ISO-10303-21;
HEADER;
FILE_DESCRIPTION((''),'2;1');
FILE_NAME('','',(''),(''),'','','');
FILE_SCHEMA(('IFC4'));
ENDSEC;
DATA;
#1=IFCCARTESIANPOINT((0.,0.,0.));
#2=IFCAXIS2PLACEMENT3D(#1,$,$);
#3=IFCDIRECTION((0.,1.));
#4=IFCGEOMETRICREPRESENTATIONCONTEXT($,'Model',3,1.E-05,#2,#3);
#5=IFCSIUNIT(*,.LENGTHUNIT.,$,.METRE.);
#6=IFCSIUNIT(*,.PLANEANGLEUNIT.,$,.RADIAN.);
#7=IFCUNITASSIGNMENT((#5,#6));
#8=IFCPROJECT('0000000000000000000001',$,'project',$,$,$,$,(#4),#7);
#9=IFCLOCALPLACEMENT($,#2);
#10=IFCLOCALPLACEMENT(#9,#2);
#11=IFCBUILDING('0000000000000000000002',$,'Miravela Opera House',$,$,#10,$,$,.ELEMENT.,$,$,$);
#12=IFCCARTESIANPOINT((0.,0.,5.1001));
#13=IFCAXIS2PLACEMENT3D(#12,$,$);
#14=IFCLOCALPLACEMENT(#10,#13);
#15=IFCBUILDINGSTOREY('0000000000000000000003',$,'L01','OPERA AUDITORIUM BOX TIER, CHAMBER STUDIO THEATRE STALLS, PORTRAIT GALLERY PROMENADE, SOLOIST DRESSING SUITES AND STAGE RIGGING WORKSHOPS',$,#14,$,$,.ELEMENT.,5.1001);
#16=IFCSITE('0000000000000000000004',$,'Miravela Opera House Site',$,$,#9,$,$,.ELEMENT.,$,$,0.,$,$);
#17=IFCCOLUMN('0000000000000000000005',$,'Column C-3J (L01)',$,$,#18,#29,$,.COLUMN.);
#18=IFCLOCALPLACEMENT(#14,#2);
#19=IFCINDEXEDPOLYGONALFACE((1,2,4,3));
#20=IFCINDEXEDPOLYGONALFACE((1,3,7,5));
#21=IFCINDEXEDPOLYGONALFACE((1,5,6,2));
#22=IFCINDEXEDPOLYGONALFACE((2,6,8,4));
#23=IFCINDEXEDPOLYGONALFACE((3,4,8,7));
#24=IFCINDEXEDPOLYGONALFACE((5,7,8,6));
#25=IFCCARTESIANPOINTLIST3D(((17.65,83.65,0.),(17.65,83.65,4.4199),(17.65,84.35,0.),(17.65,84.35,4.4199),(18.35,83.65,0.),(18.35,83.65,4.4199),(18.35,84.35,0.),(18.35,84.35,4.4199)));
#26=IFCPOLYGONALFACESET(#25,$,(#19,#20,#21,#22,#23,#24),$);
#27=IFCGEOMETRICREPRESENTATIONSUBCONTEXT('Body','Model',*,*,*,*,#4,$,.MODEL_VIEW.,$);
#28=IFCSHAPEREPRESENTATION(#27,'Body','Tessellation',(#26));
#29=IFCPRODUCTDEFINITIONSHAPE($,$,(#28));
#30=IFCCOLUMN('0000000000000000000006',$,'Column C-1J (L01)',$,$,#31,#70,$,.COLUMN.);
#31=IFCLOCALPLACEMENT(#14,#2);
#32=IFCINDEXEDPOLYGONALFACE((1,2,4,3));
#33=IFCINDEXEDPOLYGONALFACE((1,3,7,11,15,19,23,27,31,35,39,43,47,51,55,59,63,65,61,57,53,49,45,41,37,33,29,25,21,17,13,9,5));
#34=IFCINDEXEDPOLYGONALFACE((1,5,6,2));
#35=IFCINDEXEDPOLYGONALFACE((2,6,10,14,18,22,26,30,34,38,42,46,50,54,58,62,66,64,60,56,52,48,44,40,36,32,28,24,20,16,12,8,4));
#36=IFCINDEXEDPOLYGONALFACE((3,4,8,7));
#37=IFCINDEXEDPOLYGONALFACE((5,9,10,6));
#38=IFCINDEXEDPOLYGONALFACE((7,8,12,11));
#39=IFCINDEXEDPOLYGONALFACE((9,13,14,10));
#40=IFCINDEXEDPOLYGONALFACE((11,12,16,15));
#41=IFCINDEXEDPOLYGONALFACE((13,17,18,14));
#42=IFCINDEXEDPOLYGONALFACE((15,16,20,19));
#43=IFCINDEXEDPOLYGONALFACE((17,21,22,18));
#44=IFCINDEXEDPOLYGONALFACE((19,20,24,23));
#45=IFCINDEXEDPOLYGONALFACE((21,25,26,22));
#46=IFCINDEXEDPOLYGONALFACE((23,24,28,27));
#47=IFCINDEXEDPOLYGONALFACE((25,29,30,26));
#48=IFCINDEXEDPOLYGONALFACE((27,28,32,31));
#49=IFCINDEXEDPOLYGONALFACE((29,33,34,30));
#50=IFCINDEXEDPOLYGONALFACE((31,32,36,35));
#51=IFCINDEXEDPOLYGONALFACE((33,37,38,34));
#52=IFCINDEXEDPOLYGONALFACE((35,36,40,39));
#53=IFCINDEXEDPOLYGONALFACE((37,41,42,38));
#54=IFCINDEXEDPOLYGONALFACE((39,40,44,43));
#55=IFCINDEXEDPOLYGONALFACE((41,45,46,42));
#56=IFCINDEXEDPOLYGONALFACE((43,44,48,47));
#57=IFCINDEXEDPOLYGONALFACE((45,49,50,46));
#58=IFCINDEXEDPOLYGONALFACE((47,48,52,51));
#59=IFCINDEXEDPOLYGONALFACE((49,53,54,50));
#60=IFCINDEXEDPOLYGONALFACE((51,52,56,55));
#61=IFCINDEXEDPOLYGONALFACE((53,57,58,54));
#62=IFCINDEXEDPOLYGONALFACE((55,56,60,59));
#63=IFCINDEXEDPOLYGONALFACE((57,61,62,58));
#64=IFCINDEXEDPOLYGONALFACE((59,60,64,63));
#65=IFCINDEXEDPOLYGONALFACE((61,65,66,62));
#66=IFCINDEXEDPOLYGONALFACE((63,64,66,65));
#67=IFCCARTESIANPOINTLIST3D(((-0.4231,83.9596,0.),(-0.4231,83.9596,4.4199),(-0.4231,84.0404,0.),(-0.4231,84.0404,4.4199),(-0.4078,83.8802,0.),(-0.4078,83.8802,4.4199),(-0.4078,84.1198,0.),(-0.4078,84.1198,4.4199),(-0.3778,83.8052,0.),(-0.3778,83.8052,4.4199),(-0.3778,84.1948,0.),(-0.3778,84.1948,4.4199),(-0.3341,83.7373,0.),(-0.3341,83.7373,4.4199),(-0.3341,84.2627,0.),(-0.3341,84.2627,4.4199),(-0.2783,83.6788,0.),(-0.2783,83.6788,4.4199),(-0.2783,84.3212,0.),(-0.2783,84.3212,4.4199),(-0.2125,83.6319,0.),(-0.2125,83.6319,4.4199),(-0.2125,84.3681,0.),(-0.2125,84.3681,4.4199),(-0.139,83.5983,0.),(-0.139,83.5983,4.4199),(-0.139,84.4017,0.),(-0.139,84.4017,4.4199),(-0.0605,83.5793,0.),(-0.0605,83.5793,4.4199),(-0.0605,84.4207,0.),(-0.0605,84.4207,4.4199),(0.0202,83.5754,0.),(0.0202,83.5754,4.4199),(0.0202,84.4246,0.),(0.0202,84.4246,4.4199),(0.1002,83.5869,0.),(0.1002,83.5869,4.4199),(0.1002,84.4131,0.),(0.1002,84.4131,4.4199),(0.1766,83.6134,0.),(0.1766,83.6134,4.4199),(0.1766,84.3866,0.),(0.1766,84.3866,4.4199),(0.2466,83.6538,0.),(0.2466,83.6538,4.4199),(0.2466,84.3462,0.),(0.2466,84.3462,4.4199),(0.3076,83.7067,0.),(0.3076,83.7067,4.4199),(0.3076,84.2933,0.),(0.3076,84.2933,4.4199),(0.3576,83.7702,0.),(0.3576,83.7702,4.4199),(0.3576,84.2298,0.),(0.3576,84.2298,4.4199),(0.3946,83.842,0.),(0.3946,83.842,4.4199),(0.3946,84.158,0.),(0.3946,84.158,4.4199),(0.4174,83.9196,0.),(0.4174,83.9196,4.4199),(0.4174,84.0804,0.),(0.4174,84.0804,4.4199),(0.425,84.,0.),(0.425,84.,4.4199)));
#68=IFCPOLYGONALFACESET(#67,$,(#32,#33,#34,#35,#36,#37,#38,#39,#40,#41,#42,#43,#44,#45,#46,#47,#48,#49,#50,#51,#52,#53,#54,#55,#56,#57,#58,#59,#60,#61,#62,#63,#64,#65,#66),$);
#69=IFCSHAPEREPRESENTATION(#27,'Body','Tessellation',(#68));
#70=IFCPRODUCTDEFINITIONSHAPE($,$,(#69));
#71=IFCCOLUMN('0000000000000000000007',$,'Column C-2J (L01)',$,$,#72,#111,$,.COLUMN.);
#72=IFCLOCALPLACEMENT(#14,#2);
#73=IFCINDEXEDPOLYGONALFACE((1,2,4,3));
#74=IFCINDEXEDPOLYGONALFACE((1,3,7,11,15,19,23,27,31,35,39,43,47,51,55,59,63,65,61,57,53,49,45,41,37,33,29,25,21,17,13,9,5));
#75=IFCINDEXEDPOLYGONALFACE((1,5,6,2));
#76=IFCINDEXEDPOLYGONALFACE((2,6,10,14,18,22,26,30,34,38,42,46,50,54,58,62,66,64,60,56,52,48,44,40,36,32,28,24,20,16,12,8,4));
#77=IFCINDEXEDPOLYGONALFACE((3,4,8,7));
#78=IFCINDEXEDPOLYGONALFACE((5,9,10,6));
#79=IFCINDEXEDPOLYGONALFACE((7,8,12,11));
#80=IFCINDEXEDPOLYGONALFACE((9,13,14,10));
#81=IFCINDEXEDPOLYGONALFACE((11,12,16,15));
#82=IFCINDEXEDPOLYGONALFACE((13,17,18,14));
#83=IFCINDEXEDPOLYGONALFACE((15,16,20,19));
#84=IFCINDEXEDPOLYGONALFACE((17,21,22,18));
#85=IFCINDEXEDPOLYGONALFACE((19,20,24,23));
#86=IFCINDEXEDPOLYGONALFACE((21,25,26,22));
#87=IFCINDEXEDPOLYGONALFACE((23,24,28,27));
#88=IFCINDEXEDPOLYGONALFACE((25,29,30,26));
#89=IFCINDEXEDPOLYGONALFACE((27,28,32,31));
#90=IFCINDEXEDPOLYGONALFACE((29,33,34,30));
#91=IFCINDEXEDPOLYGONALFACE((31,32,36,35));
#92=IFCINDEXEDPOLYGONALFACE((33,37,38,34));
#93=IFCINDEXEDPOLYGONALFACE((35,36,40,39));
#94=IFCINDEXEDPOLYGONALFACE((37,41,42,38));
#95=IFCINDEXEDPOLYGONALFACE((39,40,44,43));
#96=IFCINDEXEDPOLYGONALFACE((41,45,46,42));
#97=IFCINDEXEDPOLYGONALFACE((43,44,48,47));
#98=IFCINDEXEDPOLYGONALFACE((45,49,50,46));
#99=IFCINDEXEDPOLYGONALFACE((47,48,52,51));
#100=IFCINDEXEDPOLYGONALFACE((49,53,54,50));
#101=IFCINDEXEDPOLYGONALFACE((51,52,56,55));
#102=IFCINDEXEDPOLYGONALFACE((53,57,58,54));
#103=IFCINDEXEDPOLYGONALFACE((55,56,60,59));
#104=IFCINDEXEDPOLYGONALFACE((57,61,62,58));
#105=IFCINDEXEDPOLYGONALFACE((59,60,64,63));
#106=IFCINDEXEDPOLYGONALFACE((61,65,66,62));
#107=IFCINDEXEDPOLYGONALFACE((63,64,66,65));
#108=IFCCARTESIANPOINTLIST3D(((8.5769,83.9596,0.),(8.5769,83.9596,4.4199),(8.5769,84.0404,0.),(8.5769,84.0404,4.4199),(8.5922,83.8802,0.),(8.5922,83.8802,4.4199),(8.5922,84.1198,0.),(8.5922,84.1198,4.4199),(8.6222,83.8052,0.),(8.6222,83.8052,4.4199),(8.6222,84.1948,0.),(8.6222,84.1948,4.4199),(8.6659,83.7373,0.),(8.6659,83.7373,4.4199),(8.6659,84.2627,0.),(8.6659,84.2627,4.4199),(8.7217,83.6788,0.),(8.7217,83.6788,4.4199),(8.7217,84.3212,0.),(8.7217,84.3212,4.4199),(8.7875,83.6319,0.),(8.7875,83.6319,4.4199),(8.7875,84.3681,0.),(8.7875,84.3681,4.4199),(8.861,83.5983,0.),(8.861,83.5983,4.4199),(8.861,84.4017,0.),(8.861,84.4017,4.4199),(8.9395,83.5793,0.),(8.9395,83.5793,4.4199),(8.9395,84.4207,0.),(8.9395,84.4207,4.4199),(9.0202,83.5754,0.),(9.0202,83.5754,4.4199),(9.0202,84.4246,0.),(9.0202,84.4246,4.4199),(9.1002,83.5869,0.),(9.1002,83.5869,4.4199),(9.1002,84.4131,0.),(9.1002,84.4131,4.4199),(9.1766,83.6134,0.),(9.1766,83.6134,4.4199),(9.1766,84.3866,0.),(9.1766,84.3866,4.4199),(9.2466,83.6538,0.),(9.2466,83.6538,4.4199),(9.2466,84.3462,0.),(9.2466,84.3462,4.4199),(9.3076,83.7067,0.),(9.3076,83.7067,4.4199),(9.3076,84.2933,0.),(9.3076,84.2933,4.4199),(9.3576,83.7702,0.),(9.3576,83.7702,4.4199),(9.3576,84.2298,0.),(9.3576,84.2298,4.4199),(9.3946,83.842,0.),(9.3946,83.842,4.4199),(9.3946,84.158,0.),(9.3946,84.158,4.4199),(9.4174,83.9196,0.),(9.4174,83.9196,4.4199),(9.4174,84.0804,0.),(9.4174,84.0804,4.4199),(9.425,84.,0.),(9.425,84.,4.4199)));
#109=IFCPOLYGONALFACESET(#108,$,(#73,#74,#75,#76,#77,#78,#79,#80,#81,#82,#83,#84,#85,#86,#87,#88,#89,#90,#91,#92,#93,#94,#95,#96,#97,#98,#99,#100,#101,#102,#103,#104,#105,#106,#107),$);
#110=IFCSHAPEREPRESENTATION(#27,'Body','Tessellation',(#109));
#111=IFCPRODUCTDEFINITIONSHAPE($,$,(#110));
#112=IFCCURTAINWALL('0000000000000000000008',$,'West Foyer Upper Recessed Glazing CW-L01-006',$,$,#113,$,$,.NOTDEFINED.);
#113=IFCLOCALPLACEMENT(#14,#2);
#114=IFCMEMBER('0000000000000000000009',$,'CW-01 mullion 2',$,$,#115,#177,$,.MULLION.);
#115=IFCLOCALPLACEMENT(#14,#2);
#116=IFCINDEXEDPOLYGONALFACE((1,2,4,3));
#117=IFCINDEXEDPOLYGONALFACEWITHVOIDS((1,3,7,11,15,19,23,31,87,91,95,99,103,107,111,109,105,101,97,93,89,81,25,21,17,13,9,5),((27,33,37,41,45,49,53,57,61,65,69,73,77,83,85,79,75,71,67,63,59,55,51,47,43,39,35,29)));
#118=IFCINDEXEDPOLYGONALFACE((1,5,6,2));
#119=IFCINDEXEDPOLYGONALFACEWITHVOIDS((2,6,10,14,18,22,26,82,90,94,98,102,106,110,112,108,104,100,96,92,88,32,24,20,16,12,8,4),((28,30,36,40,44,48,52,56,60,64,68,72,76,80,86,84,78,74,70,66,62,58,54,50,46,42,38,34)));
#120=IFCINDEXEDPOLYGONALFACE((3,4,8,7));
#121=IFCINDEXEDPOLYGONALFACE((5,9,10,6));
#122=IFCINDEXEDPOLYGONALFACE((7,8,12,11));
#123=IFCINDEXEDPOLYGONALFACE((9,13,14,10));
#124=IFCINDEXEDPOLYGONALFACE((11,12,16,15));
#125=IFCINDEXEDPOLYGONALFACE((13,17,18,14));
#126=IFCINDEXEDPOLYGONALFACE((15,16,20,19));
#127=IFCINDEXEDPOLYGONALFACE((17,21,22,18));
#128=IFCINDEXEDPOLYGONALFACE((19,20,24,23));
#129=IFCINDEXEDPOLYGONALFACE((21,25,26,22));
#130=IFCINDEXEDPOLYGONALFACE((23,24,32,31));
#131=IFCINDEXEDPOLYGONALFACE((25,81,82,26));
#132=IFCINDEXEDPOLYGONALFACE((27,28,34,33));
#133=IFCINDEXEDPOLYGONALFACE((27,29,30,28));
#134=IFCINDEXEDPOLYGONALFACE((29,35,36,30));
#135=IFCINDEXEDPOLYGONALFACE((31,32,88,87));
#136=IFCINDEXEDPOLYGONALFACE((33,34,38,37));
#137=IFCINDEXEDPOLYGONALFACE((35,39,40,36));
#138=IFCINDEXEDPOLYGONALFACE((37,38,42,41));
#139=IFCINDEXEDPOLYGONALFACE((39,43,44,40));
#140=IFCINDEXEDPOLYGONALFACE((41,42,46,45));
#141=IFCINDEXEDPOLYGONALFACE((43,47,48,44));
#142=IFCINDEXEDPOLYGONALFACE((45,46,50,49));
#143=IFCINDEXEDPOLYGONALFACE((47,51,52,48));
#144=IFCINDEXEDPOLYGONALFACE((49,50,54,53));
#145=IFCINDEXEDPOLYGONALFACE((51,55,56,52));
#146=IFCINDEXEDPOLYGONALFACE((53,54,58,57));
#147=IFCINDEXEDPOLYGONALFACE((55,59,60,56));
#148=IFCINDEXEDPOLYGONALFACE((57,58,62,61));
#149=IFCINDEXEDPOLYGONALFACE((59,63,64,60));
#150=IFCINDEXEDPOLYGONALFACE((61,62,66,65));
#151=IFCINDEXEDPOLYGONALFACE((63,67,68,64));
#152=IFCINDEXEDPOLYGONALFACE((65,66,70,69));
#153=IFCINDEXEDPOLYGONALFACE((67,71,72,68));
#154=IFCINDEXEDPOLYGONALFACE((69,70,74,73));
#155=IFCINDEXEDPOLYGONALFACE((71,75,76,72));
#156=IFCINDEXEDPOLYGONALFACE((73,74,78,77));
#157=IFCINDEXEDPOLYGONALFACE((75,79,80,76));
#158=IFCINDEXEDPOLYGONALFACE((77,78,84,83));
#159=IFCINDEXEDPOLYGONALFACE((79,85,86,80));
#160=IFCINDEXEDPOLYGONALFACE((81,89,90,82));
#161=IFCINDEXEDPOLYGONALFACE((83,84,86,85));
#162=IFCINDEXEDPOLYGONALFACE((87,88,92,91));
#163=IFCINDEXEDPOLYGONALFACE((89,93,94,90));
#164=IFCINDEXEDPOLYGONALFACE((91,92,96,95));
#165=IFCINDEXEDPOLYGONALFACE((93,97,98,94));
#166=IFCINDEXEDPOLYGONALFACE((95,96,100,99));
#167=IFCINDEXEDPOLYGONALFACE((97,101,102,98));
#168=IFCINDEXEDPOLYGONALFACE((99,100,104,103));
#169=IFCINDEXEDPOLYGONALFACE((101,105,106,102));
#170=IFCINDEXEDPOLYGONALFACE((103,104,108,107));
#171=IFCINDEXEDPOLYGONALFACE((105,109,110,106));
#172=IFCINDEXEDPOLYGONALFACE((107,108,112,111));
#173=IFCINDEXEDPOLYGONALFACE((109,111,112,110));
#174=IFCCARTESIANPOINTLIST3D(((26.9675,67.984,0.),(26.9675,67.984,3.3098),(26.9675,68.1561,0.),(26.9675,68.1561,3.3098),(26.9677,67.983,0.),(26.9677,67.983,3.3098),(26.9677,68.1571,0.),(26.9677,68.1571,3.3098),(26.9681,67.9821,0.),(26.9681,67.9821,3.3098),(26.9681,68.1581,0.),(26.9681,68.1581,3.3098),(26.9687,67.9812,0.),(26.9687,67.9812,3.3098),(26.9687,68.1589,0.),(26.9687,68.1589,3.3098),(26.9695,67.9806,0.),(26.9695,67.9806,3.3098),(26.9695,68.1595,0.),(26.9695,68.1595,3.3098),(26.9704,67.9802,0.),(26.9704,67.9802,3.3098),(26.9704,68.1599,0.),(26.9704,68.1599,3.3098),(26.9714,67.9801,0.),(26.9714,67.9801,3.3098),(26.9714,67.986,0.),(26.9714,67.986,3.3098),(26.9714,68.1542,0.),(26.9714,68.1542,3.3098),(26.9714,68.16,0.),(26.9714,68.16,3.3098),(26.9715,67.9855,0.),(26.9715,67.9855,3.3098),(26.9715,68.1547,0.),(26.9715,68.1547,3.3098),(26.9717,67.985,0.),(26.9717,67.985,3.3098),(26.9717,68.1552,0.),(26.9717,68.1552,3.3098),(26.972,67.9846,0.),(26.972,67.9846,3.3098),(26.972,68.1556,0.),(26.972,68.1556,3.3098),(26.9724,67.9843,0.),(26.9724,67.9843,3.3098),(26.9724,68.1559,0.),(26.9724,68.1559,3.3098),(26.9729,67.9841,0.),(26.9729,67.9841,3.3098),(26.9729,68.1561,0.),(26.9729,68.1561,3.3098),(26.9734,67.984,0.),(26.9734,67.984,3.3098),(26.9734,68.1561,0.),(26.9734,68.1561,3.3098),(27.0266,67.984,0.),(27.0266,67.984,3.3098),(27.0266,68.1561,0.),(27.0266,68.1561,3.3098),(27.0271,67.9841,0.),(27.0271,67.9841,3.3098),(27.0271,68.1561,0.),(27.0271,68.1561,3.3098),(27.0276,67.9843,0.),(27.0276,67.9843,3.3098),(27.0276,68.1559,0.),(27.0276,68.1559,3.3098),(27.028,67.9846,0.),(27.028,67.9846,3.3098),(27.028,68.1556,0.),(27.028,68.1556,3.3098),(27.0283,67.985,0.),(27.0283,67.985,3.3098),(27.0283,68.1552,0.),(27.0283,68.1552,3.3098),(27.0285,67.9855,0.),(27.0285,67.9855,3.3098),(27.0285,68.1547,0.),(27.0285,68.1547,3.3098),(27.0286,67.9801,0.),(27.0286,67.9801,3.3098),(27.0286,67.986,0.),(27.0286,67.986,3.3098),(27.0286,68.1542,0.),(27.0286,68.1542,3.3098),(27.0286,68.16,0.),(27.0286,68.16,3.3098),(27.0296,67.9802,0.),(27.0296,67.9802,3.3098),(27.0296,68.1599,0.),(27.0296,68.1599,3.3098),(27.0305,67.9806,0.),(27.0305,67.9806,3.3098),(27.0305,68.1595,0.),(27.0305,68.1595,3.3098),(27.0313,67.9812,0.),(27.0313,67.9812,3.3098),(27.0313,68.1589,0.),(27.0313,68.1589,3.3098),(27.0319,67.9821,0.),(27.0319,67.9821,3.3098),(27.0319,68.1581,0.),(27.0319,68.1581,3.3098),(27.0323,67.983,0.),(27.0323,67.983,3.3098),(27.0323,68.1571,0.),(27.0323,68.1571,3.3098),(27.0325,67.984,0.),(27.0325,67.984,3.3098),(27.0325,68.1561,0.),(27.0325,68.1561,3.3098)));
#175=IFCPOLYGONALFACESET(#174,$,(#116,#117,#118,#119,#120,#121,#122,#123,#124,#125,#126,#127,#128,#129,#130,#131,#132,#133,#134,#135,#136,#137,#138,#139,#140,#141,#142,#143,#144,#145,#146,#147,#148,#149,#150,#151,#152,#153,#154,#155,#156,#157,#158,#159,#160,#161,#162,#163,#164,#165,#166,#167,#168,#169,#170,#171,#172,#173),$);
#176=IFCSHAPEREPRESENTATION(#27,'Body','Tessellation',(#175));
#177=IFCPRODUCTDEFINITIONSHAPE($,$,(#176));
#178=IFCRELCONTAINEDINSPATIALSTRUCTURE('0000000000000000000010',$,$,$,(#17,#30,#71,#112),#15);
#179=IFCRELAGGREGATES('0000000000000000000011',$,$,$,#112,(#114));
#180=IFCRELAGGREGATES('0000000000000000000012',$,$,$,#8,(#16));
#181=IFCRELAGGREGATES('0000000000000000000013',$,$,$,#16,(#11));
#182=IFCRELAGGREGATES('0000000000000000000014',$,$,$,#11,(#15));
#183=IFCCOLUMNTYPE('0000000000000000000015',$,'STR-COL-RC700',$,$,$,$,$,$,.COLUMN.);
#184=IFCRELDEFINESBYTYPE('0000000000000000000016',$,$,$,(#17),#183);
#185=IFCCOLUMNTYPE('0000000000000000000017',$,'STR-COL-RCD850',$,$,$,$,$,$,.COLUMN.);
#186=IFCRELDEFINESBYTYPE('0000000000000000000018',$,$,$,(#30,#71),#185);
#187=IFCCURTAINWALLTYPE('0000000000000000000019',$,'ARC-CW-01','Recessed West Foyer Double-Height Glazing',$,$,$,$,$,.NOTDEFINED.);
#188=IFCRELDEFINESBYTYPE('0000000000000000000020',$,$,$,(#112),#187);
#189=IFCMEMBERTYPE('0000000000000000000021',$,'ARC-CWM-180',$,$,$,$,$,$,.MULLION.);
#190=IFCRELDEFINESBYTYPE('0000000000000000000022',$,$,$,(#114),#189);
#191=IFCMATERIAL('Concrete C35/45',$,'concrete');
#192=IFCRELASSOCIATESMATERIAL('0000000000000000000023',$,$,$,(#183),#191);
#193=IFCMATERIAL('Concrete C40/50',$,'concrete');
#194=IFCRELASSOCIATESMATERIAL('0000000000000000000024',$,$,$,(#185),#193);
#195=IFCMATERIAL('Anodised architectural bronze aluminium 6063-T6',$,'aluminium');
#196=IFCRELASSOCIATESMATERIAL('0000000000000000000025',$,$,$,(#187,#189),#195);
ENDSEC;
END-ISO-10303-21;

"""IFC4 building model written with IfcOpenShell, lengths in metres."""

from ifc_helpers import new_model, si_unit, direction, frame, origin, origin_2d, place, context, subcontext, project, spatial, rectangle, hollow_rectangle, circle, extrude, material, material_profile, profile_set, type_object, element, aggregate, save


model = new_model("IFC4")

# Units and contexts
model_context = context("Model", 3, precision=1e-05, world=origin(), true_north=direction((0.0, 1.0)))
body_context = subcontext(model_context, "Body", "Model", "MODEL_VIEW")
ifc_project = project(units=[si_unit("LENGTHUNIT", "METRE"), si_unit("PLANEANGLEUNIT", "RADIAN")], contexts=[model_context])

# Site, building, storey
site_placement = place(None, origin())
site = spatial("IfcSite", under=ifc_project, at=site_placement, Name="Miravela Opera House Site", CompositionType="ELEMENT", RefElevation=0.0)
building_placement = place(site_placement, origin())
building = spatial("IfcBuilding", under=site, at=building_placement, Name="Miravela Opera House", CompositionType="ELEMENT")
storey_placement = place(building_placement, frame((0.0, 0.0, 5.1001)))
storey = spatial("IfcBuildingStorey", under=building, at=storey_placement, Name="L01", Description="OPERA AUDITORIUM BOX TIER, CHAMBER STUDIO THEATRE STALLS, PORTRAIT GALLERY PROMENADE, SOLOIST DRESSING SUITES AND STAGE RIGGING WORKSHOPS", CompositionType="ELEMENT", Elevation=5.1001)

# Columns
ifc_material_1 = material(Name="Concrete C35/45", Category="concrete")
ifc_material_profile_1 = material_profile(ifc_material_1, rectangle(XDim=0.7, YDim=0.7, at=origin_2d()), Name="RC-COL-700X700")
ifc_profile_set_1 = profile_set([ifc_material_profile_1])
column_type_1 = type_object("IfcColumnType", Name="STR-COL-RC700", PredefinedType="COLUMN", material=ifc_profile_set_1)
column_placement = place(storey_placement, frame((18.0, 84.0, 0.0), z_axis=(0.0, 0.0, 1.0), x_axis=(1.0, 0.0, 0.0)))
element("IfcColumn", 1, at=column_placement, inside=storey, type_object=column_type_1, Name="Column C-3J (L01)", PredefinedType="COLUMN", context=body_context, shape_type="SweptSolid", body=[
    extrude(rectangle(XDim=0.7, YDim=0.7, at=origin_2d()), origin(), (0.0, 0.0, 1.0), 4.4199),
])
ifc_material_2 = material(Name="Concrete C40/50", Category="concrete")
ifc_material_profile_2 = material_profile(ifc_material_2, circle(Radius=0.425, at=origin_2d()), Name="RC-COL-D850")
ifc_profile_set_2 = profile_set([ifc_material_profile_2])
column_type_2 = type_object("IfcColumnType", Name="STR-COL-RCD850", PredefinedType="COLUMN", material=ifc_profile_set_2)
for number, where, z_axis, x_axis, name in (
    (2, (0.0, 84.0, 0.0), (0.0, 0.0, 1.0), (1.0, 0.0, 0.0), "Column C-1J (L01)"),
    (3, (9.0, 84.0, 0.0), (0.0, 0.0, 1.0), (1.0, 0.0, 0.0), "Column C-2J (L01)"),
):
    element("IfcColumn", number, at=place(storey_placement, frame(where, z_axis=z_axis, x_axis=x_axis)), inside=storey, type_object=column_type_2, Name=name, PredefinedType="COLUMN", context=body_context, shape_type="SweptSolid", body=[
        extrude(circle(Radius=0.425, at=origin_2d()), origin(), (0.0, 0.0, 1.0), 4.4199),
    ])

# Curtain wall, member
ifc_material_3 = material(Name="Anodised architectural bronze aluminium 6063-T6", Category="aluminium")
curtain_wall_type = type_object("IfcCurtainWallType", Name="ARC-CW-01", Description="Recessed West Foyer Double-Height Glazing", PredefinedType="NOTDEFINED", material=ifc_material_3)
curtain_wall_placement = place(storey_placement, origin())
curtain_wall = element("IfcCurtainWall", 4, at=curtain_wall_placement, inside=storey, type_object=curtain_wall_type, Name="West Foyer Upper Recessed Glazing CW-L01-006", PredefinedType="NOTDEFINED")
ifc_material_profile_3 = material_profile(ifc_material_3, hollow_rectangle(XDim=0.0649, YDim=0.1799, WallThickness=0.0039, InnerFilletRadius=0.002, OuterFilletRadius=0.0039, at=origin_2d()), Name="CWM-65X180")
ifc_profile_set_3 = profile_set([ifc_material_profile_3])
member_type_1 = type_object("IfcMemberType", Name="ARC-CWM-180", PredefinedType="MULLION", material=ifc_profile_set_3)
member_1_placement = place(storey_placement, frame((27.0, 68.0701, 0.0), z_axis=(0.0, 0.0, 1.0), x_axis=(-1.0, 0.0, 0.0)))
member_1 = element("IfcMember", 5, at=member_1_placement, type_object=member_type_1, Name="CW-01 mullion 2", PredefinedType="MULLION", context=body_context, shape_type="SweptSolid", body=[
    extrude(hollow_rectangle(XDim=0.0649, YDim=0.1799, WallThickness=0.0039, InnerFilletRadius=0.002, OuterFilletRadius=0.0039, at=origin_2d()), origin(), (0.0, 0.0, 1.0), 3.3098),
])

aggregate(curtain_wall, [member_1])

save(model, "model.ifc")
